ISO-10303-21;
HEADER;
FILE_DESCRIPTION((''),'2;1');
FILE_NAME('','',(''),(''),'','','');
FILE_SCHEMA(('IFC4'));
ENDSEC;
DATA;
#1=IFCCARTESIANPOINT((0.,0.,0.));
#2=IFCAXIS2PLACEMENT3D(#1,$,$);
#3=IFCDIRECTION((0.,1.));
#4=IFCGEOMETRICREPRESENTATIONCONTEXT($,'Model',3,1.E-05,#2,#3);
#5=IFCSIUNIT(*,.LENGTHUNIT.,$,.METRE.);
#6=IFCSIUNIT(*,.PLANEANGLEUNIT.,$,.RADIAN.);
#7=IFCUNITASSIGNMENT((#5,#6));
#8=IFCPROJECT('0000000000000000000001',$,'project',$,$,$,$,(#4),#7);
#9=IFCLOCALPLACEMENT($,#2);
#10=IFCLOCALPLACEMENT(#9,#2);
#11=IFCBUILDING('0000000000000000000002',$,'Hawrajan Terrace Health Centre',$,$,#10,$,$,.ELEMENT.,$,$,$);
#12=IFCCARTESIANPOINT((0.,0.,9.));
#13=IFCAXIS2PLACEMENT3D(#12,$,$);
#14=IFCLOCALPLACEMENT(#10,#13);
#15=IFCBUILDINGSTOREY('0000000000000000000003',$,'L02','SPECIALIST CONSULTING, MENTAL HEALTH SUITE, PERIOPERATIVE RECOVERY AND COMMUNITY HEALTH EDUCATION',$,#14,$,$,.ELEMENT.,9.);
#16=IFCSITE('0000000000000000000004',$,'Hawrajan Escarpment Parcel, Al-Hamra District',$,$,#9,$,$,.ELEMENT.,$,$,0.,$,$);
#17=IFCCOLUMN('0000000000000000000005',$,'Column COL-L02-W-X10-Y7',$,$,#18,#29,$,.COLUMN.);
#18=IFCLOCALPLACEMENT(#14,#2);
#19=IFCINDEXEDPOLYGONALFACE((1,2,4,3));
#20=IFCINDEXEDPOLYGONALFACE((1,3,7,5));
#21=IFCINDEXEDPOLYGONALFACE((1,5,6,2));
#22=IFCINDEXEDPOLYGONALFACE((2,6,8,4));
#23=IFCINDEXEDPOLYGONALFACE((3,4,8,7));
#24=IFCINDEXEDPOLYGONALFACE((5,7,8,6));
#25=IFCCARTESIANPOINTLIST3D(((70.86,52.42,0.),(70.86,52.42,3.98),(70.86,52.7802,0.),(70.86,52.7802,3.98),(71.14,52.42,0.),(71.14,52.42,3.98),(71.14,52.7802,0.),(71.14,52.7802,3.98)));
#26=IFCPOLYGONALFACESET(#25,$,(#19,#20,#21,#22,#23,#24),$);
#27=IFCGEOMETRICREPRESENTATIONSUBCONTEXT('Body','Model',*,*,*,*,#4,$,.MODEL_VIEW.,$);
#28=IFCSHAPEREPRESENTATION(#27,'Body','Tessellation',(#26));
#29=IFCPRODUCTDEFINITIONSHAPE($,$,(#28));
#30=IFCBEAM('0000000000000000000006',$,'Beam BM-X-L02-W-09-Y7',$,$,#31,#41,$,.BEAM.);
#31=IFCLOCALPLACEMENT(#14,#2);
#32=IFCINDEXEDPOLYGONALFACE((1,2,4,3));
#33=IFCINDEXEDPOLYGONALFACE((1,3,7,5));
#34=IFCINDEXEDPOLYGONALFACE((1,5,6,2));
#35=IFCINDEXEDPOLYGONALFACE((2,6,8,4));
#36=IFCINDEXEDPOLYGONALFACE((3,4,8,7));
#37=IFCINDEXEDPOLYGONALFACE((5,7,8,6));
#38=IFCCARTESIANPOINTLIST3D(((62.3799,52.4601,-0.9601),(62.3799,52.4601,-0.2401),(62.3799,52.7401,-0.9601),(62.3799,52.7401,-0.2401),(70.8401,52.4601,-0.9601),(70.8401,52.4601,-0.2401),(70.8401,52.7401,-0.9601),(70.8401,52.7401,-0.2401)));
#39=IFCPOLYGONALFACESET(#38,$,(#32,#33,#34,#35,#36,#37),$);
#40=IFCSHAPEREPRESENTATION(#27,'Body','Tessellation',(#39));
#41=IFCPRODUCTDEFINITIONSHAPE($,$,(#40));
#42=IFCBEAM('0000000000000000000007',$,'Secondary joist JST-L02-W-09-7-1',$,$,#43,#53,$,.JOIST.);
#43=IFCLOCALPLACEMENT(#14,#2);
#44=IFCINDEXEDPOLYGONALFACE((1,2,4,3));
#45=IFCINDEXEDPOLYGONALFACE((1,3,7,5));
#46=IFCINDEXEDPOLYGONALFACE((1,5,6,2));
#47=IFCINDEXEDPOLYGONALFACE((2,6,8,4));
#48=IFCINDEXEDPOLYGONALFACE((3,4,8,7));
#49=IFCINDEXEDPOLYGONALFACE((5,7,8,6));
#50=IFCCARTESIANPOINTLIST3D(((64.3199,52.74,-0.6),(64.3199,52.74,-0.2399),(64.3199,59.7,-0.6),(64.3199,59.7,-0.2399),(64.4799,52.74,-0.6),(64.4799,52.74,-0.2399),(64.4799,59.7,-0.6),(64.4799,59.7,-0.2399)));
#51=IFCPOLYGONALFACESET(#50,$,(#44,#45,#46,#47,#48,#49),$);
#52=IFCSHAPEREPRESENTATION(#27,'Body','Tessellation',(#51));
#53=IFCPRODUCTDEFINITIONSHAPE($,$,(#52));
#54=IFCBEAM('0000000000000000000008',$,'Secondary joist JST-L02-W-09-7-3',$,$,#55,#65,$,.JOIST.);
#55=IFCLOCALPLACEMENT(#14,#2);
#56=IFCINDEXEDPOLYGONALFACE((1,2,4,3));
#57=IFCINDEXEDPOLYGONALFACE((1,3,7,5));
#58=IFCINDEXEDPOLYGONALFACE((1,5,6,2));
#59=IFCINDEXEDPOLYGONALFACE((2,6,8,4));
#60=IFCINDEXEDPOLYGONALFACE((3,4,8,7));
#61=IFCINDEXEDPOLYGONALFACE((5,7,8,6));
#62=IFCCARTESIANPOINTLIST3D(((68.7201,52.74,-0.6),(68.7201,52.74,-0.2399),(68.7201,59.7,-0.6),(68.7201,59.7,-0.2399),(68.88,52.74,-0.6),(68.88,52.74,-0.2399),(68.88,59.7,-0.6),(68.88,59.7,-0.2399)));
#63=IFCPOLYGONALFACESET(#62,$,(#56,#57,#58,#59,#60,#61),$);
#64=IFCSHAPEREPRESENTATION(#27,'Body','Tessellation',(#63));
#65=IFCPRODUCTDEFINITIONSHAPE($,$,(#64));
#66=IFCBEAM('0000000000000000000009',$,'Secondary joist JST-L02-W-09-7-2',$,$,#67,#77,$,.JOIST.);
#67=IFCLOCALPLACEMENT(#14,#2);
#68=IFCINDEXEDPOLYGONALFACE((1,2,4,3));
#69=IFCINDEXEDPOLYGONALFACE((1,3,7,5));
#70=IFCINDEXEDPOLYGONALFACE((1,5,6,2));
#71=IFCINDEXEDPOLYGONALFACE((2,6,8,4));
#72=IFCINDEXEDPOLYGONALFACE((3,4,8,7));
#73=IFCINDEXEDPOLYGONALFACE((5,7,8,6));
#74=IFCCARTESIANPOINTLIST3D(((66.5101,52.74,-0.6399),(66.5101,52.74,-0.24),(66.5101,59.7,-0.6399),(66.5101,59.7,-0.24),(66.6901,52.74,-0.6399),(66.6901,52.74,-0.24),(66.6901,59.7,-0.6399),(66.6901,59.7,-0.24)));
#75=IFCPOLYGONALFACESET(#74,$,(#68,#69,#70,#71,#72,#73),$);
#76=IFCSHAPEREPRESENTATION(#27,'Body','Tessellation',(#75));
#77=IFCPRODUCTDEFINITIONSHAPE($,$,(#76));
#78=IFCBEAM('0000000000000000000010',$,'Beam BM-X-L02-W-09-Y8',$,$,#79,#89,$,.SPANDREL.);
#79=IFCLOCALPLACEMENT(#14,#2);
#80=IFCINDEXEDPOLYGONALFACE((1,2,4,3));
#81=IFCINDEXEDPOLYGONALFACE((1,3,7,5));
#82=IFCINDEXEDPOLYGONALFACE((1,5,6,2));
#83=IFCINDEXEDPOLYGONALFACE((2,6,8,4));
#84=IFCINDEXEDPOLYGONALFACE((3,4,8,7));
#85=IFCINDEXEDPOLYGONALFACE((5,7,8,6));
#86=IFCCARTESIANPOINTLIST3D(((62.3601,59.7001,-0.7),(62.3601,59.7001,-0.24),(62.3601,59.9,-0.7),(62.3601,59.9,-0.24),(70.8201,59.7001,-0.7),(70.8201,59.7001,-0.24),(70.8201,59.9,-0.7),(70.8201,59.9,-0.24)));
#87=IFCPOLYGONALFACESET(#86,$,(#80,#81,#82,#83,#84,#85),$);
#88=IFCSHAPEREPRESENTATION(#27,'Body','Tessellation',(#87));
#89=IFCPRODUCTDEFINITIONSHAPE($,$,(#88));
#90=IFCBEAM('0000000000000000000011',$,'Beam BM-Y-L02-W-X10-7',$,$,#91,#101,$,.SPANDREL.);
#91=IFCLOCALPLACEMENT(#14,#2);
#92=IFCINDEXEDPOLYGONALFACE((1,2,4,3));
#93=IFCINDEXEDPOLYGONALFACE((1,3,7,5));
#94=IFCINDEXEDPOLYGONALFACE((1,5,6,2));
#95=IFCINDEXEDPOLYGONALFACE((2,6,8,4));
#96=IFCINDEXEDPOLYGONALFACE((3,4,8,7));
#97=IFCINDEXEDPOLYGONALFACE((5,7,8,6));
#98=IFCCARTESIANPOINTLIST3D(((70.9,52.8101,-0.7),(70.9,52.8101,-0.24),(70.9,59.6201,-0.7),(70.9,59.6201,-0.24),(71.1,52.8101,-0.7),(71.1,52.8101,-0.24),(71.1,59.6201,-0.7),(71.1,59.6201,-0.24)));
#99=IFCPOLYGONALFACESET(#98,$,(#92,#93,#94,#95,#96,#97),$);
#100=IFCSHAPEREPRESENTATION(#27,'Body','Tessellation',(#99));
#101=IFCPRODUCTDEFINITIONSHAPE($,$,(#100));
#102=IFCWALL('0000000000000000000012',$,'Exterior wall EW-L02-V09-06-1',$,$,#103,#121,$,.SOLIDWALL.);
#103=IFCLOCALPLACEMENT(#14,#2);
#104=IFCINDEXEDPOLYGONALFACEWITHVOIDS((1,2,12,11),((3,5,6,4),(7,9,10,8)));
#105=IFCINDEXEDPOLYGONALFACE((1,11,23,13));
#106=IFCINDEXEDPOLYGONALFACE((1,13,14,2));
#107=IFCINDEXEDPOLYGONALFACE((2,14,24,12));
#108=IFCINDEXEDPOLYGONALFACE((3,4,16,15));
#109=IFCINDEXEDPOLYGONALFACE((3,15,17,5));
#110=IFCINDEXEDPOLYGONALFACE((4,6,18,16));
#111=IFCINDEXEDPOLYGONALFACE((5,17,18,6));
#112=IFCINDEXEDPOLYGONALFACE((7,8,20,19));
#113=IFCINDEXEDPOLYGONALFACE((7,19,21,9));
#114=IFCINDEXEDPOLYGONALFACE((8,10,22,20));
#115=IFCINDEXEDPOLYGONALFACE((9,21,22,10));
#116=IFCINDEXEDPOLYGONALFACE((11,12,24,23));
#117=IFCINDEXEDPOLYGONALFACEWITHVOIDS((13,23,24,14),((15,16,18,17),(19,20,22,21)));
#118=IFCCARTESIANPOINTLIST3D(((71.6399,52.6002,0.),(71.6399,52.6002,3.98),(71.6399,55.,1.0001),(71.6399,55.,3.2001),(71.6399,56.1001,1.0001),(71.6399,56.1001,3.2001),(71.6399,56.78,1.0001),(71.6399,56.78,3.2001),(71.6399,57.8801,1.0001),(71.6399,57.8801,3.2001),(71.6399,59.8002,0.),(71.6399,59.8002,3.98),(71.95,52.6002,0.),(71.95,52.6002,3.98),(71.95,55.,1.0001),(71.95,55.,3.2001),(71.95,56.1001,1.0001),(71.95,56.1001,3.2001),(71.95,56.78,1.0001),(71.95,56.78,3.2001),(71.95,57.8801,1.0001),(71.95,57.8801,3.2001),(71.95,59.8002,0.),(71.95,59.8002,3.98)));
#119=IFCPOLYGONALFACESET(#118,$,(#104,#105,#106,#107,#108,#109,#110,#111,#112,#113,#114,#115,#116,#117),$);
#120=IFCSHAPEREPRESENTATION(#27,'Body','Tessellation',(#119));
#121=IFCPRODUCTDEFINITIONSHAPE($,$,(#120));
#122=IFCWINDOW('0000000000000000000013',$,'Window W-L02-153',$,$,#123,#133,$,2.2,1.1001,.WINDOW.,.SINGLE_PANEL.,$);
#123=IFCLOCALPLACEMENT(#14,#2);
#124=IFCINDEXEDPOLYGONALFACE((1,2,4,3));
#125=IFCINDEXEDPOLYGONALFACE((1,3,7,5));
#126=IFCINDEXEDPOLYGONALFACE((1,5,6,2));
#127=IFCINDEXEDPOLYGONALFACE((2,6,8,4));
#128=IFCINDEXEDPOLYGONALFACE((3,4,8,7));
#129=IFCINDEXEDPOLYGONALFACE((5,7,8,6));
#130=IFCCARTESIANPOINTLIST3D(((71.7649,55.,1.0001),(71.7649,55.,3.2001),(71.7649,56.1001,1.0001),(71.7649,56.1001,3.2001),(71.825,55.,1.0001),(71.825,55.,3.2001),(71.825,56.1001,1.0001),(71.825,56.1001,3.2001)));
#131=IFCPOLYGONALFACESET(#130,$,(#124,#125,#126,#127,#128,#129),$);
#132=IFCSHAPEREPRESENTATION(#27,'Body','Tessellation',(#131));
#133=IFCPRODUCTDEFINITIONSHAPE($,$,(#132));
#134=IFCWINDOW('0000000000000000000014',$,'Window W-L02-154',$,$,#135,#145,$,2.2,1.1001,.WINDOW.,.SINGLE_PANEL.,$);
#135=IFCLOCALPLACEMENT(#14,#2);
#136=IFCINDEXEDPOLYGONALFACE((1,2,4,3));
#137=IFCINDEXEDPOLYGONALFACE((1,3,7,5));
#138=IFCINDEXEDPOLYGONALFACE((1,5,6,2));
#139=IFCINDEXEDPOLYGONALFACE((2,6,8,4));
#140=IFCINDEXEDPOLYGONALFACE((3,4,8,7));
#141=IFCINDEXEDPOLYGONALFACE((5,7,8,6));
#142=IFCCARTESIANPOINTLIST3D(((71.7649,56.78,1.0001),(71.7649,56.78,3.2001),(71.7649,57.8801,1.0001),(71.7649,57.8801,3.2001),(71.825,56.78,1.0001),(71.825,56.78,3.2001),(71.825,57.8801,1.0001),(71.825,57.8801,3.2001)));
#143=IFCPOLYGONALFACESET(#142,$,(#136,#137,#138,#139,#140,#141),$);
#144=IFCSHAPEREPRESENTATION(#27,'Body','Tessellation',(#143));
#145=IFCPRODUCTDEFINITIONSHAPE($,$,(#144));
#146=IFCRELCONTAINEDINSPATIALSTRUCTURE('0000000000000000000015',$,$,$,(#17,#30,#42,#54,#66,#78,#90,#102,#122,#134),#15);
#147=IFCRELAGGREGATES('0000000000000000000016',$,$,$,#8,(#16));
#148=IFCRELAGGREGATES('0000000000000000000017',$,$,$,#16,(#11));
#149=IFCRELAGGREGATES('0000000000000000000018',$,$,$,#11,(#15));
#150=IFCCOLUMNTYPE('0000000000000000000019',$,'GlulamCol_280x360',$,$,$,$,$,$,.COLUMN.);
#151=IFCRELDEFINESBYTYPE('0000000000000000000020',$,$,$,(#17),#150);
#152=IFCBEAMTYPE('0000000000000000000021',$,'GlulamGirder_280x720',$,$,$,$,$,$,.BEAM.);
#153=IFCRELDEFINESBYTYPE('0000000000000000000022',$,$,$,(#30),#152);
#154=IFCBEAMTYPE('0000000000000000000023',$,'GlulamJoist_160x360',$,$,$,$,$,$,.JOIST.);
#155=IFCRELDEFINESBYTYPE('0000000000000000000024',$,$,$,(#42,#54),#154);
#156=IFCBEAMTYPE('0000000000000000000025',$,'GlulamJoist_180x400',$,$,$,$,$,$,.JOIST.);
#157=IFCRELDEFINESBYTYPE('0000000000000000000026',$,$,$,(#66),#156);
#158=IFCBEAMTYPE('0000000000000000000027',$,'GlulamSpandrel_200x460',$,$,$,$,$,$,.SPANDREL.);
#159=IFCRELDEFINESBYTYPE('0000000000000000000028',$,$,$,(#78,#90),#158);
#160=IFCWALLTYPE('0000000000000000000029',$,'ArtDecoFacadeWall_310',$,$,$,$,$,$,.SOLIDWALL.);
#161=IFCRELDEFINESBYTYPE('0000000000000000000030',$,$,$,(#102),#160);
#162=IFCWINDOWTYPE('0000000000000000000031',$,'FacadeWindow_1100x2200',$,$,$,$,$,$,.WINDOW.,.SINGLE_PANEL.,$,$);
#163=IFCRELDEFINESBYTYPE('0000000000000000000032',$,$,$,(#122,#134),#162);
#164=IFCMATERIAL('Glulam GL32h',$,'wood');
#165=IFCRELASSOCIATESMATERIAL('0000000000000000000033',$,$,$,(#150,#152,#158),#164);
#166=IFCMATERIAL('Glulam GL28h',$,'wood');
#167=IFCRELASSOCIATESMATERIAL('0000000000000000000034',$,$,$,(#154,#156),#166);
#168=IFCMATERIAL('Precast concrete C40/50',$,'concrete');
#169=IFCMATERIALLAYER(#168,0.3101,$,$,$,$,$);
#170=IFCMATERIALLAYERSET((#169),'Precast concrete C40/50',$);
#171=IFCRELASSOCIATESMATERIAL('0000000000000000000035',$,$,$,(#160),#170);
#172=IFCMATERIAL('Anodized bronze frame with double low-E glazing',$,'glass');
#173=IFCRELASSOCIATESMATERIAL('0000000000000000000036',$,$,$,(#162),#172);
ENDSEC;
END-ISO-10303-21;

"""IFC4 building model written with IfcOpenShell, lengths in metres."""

from ifc_helpers import new_model, si_unit, direction, frame, frame_2d, origin, origin_2d, place, context, subcontext, project, spatial, rectangle, extrude, material, layer, layer_set, material_profile, profile_set, type_object, element, fill, save


model = new_model("IFC4")

# Units and contexts
model_context = context("Model", 3, precision=1e-05, world=origin(), true_north=direction((0.0, 1.0)))
body_context = subcontext(model_context, "Body", "Model", "MODEL_VIEW")
ifc_project = project(units=[si_unit("LENGTHUNIT", "METRE"), si_unit("PLANEANGLEUNIT", "RADIAN")], contexts=[model_context])

# Site, building, storey
site_placement = place(None, origin())
site = spatial("IfcSite", under=ifc_project, at=site_placement, Name="Hawrajan Escarpment Parcel, Al-Hamra District", CompositionType="ELEMENT", RefElevation=0.0)
building_placement = place(site_placement, origin())
building = spatial("IfcBuilding", under=site, at=building_placement, Name="Hawrajan Terrace Health Centre", CompositionType="ELEMENT")
storey_placement = place(building_placement, frame((0.0, 0.0, 9.0)))
storey = spatial("IfcBuildingStorey", under=building, at=storey_placement, Name="L02", Description="SPECIALIST CONSULTING, MENTAL HEALTH SUITE, PERIOPERATIVE RECOVERY AND COMMUNITY HEALTH EDUCATION", CompositionType="ELEMENT", Elevation=9.0)

# Column
ifc_material_1 = material(Name="Glulam GL32h", Category="wood")
ifc_material_profile_1 = material_profile(ifc_material_1, rectangle(XDim=0.28, YDim=0.3601, at=origin_2d()), Name="GL 280x360")
ifc_profile_set_1 = profile_set([ifc_material_profile_1], Name="Glulam GL32h")
column_type = type_object("IfcColumnType", Name="GlulamCol_280x360", PredefinedType="COLUMN", material=ifc_profile_set_1)
column_placement = place(storey_placement, frame((71.0, 52.6001, 0.0), z_axis=(0.0, 0.0, 1.0), x_axis=(1.0, 0.0, 0.0)))
element("IfcColumn", 1, at=column_placement, inside=storey, type_object=column_type, Name="Column COL-L02-W-X10-Y7", PredefinedType="COLUMN", context=body_context, shape_type="SweptSolid", body=[
    extrude(rectangle(XDim=0.28, YDim=0.3601, at=origin_2d()), origin(), (0.0, 0.0, 1.0), 3.98),
])

# Beams
ifc_material_profile_2 = material_profile(ifc_material_1, rectangle(XDim=0.28, YDim=0.72, at=origin_2d()), Name="GL BM 280x720")
ifc_profile_set_2 = profile_set([ifc_material_profile_2], Name="Glulam GL32h")
beam_type_1 = type_object("IfcBeamType", Name="GlulamGirder_280x720", PredefinedType="BEAM", material=ifc_profile_set_2)
beam_1_placement = place(storey_placement, frame((62.3799, 52.6001, -0.6001), z_axis=(1.0, 0.0, 0.0), x_axis=(0.0, 1.0, 0.0)))
element("IfcBeam", 2, at=beam_1_placement, inside=storey, type_object=beam_type_1, Name="Beam BM-X-L02-W-09-Y7", PredefinedType="BEAM", context=body_context, shape_type="SweptSolid", body=[
    extrude(rectangle(XDim=0.28, YDim=0.72, at=origin_2d()), origin(), (0.0, 0.0, 1.0), 8.4602),
])
ifc_material_2 = material(Name="Glulam GL28h", Category="wood")
ifc_material_profile_3 = material_profile(ifc_material_2, rectangle(XDim=0.1599, YDim=0.3601, at=origin_2d()), Name="GL JST 160x360")
ifc_profile_set_3 = profile_set([ifc_material_profile_3], Name="Glulam GL28h")
beam_type_2 = type_object("IfcBeamType", Name="GlulamJoist_160x360", PredefinedType="JOIST", material=ifc_profile_set_3)
for number, where, z_axis, x_axis, name in (
    (3, (64.3999, 52.74, -0.4199), (0.0, 1.0, 0.0), (-1.0, 0.0, 0.0), "Secondary joist JST-L02-W-09-7-1"),
    (4, (68.8, 52.74, -0.4199), (0.0, 1.0, 0.0), (-1.0, 0.0, 0.0), "Secondary joist JST-L02-W-09-7-3"),
):
    element("IfcBeam", number, at=place(storey_placement, frame(where, z_axis=z_axis, x_axis=x_axis)), inside=storey, type_object=beam_type_2, Name=name, PredefinedType="JOIST", context=body_context, shape_type="SweptSolid", body=[
        extrude(rectangle(XDim=0.1599, YDim=0.3601, at=origin_2d()), origin(), (0.0, 0.0, 1.0), 6.96),
    ])
ifc_material_profile_4 = material_profile(ifc_material_2, rectangle(XDim=0.1799, YDim=0.3999, at=origin_2d()), Name="GL JST 180x400")
ifc_profile_set_4 = profile_set([ifc_material_profile_4], Name="Glulam GL28h")
beam_type_3 = type_object("IfcBeamType", Name="GlulamJoist_180x400", PredefinedType="JOIST", material=ifc_profile_set_4)
beam_2_placement = place(storey_placement, frame((66.6001, 52.74, -0.4399), z_axis=(0.0, 1.0, 0.0), x_axis=(-1.0, 0.0, 0.0)))
element("IfcBeam", 5, at=beam_2_placement, inside=storey, type_object=beam_type_3, Name="Secondary joist JST-L02-W-09-7-2", PredefinedType="JOIST", context=body_context, shape_type="SweptSolid", body=[
    extrude(rectangle(XDim=0.1799, YDim=0.3999, at=origin_2d()), origin(), (0.0, 0.0, 1.0), 6.96),
])
ifc_material_profile_5 = material_profile(ifc_material_1, rectangle(XDim=0.2, YDim=0.46, at=origin_2d()), Name="GL SP 200x460")
ifc_profile_set_5 = profile_set([ifc_material_profile_5], Name="Glulam GL32h")
beam_type_4 = type_object("IfcBeamType", Name="GlulamSpandrel_200x460", PredefinedType="SPANDREL", material=ifc_profile_set_5)
beam_3_placement = place(storey_placement, frame((62.3601, 59.8, -0.47), z_axis=(1.0, 0.0, 0.0), x_axis=(0.0, 1.0, 0.0)))
element("IfcBeam", 6, at=beam_3_placement, inside=storey, type_object=beam_type_4, Name="Beam BM-X-L02-W-09-Y8", PredefinedType="SPANDREL", context=body_context, shape_type="SweptSolid", body=[
    extrude(rectangle(XDim=0.2, YDim=0.46, at=origin_2d()), origin(), (0.0, 0.0, 1.0), 8.46),
])
beam_4_placement = place(storey_placement, frame((71.0, 52.8101, -0.47), z_axis=(0.0, 1.0, 0.0), x_axis=(-1.0, 0.0, 0.0)))
element("IfcBeam", 7, at=beam_4_placement, inside=storey, type_object=beam_type_4, Name="Beam BM-Y-L02-W-X10-7", PredefinedType="SPANDREL", context=body_context, shape_type="SweptSolid", body=[
    extrude(rectangle(XDim=0.2, YDim=0.46, at=origin_2d()), origin(), (0.0, 0.0, 1.0), 6.8101),
])

# Wall, openings, windows
ifc_material_3 = material(Name="Precast concrete C40/50", Category="concrete")
ifc_layer_1 = layer(ifc_material_3, 0.3101)
ifc_layer_set_1 = layer_set([ifc_layer_1], Name="Precast concrete C40/50")
wall_type_1 = type_object("IfcWallType", Name="ArtDecoFacadeWall_310", PredefinedType="SOLIDWALL", material=ifc_layer_set_1)
wall_1_placement = place(storey_placement, frame((71.7949, 52.6001, 0.0), z_axis=(0.0, 0.0, 1.0), x_axis=(0.0, 1.0, 0.0)))
wall_1 = element("IfcWall", 8, at=wall_1_placement, inside=storey, type_object=wall_type_1, Name="Exterior wall EW-L02-V09-06-1", PredefinedType="SOLIDWALL", context=body_context, shape_type="SweptSolid", body=[
    extrude(rectangle(XDim=7.2, YDim=0.3101, at=frame_2d((3.6001, 0.0))), origin(), (0.0, 0.0, 1.0), 3.98),
])
opening_1_placement = place(wall_1_placement, frame((2.3999, 0.0, 1.0)))
opening_1 = element("IfcOpeningElement", 9, at=opening_1_placement, cuts=wall_1, PredefinedType="OPENING", context=body_context, shape_type="SweptSolid", body=[
    extrude(rectangle(XDim=1.1001, YDim=2.2, at=frame_2d((0.55, 1.1001))), frame((0.0, 0.165, 0.0), z_axis=(0.0, -1.0, 0.0), x_axis=(1.0, 0.0, 0.0)), (0.0, 0.0, 1.0), 0.3301),
])
opening_2_placement = place(wall_1_placement, frame((4.1799, 0.0, 1.0)))
opening_2 = element("IfcOpeningElement", 10, at=opening_2_placement, cuts=wall_1, PredefinedType="OPENING", context=body_context, shape_type="SweptSolid", body=[
    extrude(rectangle(XDim=1.1001, YDim=2.2, at=frame_2d((0.55, 1.1001))), frame((0.0, 0.165, 0.0), z_axis=(0.0, -1.0, 0.0), x_axis=(1.0, 0.0, 0.0)), (0.0, 0.0, 1.0), 0.3301),
])
ifc_material_4 = material(Name="Anodized bronze frame with double low-E glazing", Category="glass")
window_type = type_object("IfcWindowType", Name="FacadeWindow_1100x2200", PartitioningType="SINGLE_PANEL", PredefinedType="WINDOW", material=ifc_material_4)
window_1_placement = place(opening_1_placement, origin())
window_1 = element("IfcWindow", 11, at=window_1_placement, inside=storey, type_object=window_type, Name="Window W-L02-153", OverallHeight=2.2, OverallWidth=1.1001, PartitioningType="SINGLE_PANEL", PredefinedType="WINDOW", context=body_context, shape_type="SweptSolid", body=[
    extrude(rectangle(XDim=1.1001, YDim=2.2, at=frame_2d((0.55, 1.1001))), frame((0.0, 0.03, 0.0), z_axis=(0.0, -1.0, 0.0), x_axis=(1.0, 0.0, 0.0)), (0.0, 0.0, 1.0), 0.0601),
])
fill(opening_1, window_1)
window_2_placement = place(opening_2_placement, origin())
window_2 = element("IfcWindow", 12, at=window_2_placement, inside=storey, type_object=window_type, Name="Window W-L02-154", OverallHeight=2.2, OverallWidth=1.1001, PartitioningType="SINGLE_PANEL", PredefinedType="WINDOW", context=body_context, shape_type="SweptSolid", body=[
    extrude(rectangle(XDim=1.1001, YDim=2.2, at=frame_2d((0.55, 1.1001))), frame((0.0, 0.03, 0.0), z_axis=(0.0, -1.0, 0.0), x_axis=(1.0, 0.0, 0.0)), (0.0, 0.0, 1.0), 0.0601),
])
fill(opening_2, window_2)

save(model, "model.ifc")
